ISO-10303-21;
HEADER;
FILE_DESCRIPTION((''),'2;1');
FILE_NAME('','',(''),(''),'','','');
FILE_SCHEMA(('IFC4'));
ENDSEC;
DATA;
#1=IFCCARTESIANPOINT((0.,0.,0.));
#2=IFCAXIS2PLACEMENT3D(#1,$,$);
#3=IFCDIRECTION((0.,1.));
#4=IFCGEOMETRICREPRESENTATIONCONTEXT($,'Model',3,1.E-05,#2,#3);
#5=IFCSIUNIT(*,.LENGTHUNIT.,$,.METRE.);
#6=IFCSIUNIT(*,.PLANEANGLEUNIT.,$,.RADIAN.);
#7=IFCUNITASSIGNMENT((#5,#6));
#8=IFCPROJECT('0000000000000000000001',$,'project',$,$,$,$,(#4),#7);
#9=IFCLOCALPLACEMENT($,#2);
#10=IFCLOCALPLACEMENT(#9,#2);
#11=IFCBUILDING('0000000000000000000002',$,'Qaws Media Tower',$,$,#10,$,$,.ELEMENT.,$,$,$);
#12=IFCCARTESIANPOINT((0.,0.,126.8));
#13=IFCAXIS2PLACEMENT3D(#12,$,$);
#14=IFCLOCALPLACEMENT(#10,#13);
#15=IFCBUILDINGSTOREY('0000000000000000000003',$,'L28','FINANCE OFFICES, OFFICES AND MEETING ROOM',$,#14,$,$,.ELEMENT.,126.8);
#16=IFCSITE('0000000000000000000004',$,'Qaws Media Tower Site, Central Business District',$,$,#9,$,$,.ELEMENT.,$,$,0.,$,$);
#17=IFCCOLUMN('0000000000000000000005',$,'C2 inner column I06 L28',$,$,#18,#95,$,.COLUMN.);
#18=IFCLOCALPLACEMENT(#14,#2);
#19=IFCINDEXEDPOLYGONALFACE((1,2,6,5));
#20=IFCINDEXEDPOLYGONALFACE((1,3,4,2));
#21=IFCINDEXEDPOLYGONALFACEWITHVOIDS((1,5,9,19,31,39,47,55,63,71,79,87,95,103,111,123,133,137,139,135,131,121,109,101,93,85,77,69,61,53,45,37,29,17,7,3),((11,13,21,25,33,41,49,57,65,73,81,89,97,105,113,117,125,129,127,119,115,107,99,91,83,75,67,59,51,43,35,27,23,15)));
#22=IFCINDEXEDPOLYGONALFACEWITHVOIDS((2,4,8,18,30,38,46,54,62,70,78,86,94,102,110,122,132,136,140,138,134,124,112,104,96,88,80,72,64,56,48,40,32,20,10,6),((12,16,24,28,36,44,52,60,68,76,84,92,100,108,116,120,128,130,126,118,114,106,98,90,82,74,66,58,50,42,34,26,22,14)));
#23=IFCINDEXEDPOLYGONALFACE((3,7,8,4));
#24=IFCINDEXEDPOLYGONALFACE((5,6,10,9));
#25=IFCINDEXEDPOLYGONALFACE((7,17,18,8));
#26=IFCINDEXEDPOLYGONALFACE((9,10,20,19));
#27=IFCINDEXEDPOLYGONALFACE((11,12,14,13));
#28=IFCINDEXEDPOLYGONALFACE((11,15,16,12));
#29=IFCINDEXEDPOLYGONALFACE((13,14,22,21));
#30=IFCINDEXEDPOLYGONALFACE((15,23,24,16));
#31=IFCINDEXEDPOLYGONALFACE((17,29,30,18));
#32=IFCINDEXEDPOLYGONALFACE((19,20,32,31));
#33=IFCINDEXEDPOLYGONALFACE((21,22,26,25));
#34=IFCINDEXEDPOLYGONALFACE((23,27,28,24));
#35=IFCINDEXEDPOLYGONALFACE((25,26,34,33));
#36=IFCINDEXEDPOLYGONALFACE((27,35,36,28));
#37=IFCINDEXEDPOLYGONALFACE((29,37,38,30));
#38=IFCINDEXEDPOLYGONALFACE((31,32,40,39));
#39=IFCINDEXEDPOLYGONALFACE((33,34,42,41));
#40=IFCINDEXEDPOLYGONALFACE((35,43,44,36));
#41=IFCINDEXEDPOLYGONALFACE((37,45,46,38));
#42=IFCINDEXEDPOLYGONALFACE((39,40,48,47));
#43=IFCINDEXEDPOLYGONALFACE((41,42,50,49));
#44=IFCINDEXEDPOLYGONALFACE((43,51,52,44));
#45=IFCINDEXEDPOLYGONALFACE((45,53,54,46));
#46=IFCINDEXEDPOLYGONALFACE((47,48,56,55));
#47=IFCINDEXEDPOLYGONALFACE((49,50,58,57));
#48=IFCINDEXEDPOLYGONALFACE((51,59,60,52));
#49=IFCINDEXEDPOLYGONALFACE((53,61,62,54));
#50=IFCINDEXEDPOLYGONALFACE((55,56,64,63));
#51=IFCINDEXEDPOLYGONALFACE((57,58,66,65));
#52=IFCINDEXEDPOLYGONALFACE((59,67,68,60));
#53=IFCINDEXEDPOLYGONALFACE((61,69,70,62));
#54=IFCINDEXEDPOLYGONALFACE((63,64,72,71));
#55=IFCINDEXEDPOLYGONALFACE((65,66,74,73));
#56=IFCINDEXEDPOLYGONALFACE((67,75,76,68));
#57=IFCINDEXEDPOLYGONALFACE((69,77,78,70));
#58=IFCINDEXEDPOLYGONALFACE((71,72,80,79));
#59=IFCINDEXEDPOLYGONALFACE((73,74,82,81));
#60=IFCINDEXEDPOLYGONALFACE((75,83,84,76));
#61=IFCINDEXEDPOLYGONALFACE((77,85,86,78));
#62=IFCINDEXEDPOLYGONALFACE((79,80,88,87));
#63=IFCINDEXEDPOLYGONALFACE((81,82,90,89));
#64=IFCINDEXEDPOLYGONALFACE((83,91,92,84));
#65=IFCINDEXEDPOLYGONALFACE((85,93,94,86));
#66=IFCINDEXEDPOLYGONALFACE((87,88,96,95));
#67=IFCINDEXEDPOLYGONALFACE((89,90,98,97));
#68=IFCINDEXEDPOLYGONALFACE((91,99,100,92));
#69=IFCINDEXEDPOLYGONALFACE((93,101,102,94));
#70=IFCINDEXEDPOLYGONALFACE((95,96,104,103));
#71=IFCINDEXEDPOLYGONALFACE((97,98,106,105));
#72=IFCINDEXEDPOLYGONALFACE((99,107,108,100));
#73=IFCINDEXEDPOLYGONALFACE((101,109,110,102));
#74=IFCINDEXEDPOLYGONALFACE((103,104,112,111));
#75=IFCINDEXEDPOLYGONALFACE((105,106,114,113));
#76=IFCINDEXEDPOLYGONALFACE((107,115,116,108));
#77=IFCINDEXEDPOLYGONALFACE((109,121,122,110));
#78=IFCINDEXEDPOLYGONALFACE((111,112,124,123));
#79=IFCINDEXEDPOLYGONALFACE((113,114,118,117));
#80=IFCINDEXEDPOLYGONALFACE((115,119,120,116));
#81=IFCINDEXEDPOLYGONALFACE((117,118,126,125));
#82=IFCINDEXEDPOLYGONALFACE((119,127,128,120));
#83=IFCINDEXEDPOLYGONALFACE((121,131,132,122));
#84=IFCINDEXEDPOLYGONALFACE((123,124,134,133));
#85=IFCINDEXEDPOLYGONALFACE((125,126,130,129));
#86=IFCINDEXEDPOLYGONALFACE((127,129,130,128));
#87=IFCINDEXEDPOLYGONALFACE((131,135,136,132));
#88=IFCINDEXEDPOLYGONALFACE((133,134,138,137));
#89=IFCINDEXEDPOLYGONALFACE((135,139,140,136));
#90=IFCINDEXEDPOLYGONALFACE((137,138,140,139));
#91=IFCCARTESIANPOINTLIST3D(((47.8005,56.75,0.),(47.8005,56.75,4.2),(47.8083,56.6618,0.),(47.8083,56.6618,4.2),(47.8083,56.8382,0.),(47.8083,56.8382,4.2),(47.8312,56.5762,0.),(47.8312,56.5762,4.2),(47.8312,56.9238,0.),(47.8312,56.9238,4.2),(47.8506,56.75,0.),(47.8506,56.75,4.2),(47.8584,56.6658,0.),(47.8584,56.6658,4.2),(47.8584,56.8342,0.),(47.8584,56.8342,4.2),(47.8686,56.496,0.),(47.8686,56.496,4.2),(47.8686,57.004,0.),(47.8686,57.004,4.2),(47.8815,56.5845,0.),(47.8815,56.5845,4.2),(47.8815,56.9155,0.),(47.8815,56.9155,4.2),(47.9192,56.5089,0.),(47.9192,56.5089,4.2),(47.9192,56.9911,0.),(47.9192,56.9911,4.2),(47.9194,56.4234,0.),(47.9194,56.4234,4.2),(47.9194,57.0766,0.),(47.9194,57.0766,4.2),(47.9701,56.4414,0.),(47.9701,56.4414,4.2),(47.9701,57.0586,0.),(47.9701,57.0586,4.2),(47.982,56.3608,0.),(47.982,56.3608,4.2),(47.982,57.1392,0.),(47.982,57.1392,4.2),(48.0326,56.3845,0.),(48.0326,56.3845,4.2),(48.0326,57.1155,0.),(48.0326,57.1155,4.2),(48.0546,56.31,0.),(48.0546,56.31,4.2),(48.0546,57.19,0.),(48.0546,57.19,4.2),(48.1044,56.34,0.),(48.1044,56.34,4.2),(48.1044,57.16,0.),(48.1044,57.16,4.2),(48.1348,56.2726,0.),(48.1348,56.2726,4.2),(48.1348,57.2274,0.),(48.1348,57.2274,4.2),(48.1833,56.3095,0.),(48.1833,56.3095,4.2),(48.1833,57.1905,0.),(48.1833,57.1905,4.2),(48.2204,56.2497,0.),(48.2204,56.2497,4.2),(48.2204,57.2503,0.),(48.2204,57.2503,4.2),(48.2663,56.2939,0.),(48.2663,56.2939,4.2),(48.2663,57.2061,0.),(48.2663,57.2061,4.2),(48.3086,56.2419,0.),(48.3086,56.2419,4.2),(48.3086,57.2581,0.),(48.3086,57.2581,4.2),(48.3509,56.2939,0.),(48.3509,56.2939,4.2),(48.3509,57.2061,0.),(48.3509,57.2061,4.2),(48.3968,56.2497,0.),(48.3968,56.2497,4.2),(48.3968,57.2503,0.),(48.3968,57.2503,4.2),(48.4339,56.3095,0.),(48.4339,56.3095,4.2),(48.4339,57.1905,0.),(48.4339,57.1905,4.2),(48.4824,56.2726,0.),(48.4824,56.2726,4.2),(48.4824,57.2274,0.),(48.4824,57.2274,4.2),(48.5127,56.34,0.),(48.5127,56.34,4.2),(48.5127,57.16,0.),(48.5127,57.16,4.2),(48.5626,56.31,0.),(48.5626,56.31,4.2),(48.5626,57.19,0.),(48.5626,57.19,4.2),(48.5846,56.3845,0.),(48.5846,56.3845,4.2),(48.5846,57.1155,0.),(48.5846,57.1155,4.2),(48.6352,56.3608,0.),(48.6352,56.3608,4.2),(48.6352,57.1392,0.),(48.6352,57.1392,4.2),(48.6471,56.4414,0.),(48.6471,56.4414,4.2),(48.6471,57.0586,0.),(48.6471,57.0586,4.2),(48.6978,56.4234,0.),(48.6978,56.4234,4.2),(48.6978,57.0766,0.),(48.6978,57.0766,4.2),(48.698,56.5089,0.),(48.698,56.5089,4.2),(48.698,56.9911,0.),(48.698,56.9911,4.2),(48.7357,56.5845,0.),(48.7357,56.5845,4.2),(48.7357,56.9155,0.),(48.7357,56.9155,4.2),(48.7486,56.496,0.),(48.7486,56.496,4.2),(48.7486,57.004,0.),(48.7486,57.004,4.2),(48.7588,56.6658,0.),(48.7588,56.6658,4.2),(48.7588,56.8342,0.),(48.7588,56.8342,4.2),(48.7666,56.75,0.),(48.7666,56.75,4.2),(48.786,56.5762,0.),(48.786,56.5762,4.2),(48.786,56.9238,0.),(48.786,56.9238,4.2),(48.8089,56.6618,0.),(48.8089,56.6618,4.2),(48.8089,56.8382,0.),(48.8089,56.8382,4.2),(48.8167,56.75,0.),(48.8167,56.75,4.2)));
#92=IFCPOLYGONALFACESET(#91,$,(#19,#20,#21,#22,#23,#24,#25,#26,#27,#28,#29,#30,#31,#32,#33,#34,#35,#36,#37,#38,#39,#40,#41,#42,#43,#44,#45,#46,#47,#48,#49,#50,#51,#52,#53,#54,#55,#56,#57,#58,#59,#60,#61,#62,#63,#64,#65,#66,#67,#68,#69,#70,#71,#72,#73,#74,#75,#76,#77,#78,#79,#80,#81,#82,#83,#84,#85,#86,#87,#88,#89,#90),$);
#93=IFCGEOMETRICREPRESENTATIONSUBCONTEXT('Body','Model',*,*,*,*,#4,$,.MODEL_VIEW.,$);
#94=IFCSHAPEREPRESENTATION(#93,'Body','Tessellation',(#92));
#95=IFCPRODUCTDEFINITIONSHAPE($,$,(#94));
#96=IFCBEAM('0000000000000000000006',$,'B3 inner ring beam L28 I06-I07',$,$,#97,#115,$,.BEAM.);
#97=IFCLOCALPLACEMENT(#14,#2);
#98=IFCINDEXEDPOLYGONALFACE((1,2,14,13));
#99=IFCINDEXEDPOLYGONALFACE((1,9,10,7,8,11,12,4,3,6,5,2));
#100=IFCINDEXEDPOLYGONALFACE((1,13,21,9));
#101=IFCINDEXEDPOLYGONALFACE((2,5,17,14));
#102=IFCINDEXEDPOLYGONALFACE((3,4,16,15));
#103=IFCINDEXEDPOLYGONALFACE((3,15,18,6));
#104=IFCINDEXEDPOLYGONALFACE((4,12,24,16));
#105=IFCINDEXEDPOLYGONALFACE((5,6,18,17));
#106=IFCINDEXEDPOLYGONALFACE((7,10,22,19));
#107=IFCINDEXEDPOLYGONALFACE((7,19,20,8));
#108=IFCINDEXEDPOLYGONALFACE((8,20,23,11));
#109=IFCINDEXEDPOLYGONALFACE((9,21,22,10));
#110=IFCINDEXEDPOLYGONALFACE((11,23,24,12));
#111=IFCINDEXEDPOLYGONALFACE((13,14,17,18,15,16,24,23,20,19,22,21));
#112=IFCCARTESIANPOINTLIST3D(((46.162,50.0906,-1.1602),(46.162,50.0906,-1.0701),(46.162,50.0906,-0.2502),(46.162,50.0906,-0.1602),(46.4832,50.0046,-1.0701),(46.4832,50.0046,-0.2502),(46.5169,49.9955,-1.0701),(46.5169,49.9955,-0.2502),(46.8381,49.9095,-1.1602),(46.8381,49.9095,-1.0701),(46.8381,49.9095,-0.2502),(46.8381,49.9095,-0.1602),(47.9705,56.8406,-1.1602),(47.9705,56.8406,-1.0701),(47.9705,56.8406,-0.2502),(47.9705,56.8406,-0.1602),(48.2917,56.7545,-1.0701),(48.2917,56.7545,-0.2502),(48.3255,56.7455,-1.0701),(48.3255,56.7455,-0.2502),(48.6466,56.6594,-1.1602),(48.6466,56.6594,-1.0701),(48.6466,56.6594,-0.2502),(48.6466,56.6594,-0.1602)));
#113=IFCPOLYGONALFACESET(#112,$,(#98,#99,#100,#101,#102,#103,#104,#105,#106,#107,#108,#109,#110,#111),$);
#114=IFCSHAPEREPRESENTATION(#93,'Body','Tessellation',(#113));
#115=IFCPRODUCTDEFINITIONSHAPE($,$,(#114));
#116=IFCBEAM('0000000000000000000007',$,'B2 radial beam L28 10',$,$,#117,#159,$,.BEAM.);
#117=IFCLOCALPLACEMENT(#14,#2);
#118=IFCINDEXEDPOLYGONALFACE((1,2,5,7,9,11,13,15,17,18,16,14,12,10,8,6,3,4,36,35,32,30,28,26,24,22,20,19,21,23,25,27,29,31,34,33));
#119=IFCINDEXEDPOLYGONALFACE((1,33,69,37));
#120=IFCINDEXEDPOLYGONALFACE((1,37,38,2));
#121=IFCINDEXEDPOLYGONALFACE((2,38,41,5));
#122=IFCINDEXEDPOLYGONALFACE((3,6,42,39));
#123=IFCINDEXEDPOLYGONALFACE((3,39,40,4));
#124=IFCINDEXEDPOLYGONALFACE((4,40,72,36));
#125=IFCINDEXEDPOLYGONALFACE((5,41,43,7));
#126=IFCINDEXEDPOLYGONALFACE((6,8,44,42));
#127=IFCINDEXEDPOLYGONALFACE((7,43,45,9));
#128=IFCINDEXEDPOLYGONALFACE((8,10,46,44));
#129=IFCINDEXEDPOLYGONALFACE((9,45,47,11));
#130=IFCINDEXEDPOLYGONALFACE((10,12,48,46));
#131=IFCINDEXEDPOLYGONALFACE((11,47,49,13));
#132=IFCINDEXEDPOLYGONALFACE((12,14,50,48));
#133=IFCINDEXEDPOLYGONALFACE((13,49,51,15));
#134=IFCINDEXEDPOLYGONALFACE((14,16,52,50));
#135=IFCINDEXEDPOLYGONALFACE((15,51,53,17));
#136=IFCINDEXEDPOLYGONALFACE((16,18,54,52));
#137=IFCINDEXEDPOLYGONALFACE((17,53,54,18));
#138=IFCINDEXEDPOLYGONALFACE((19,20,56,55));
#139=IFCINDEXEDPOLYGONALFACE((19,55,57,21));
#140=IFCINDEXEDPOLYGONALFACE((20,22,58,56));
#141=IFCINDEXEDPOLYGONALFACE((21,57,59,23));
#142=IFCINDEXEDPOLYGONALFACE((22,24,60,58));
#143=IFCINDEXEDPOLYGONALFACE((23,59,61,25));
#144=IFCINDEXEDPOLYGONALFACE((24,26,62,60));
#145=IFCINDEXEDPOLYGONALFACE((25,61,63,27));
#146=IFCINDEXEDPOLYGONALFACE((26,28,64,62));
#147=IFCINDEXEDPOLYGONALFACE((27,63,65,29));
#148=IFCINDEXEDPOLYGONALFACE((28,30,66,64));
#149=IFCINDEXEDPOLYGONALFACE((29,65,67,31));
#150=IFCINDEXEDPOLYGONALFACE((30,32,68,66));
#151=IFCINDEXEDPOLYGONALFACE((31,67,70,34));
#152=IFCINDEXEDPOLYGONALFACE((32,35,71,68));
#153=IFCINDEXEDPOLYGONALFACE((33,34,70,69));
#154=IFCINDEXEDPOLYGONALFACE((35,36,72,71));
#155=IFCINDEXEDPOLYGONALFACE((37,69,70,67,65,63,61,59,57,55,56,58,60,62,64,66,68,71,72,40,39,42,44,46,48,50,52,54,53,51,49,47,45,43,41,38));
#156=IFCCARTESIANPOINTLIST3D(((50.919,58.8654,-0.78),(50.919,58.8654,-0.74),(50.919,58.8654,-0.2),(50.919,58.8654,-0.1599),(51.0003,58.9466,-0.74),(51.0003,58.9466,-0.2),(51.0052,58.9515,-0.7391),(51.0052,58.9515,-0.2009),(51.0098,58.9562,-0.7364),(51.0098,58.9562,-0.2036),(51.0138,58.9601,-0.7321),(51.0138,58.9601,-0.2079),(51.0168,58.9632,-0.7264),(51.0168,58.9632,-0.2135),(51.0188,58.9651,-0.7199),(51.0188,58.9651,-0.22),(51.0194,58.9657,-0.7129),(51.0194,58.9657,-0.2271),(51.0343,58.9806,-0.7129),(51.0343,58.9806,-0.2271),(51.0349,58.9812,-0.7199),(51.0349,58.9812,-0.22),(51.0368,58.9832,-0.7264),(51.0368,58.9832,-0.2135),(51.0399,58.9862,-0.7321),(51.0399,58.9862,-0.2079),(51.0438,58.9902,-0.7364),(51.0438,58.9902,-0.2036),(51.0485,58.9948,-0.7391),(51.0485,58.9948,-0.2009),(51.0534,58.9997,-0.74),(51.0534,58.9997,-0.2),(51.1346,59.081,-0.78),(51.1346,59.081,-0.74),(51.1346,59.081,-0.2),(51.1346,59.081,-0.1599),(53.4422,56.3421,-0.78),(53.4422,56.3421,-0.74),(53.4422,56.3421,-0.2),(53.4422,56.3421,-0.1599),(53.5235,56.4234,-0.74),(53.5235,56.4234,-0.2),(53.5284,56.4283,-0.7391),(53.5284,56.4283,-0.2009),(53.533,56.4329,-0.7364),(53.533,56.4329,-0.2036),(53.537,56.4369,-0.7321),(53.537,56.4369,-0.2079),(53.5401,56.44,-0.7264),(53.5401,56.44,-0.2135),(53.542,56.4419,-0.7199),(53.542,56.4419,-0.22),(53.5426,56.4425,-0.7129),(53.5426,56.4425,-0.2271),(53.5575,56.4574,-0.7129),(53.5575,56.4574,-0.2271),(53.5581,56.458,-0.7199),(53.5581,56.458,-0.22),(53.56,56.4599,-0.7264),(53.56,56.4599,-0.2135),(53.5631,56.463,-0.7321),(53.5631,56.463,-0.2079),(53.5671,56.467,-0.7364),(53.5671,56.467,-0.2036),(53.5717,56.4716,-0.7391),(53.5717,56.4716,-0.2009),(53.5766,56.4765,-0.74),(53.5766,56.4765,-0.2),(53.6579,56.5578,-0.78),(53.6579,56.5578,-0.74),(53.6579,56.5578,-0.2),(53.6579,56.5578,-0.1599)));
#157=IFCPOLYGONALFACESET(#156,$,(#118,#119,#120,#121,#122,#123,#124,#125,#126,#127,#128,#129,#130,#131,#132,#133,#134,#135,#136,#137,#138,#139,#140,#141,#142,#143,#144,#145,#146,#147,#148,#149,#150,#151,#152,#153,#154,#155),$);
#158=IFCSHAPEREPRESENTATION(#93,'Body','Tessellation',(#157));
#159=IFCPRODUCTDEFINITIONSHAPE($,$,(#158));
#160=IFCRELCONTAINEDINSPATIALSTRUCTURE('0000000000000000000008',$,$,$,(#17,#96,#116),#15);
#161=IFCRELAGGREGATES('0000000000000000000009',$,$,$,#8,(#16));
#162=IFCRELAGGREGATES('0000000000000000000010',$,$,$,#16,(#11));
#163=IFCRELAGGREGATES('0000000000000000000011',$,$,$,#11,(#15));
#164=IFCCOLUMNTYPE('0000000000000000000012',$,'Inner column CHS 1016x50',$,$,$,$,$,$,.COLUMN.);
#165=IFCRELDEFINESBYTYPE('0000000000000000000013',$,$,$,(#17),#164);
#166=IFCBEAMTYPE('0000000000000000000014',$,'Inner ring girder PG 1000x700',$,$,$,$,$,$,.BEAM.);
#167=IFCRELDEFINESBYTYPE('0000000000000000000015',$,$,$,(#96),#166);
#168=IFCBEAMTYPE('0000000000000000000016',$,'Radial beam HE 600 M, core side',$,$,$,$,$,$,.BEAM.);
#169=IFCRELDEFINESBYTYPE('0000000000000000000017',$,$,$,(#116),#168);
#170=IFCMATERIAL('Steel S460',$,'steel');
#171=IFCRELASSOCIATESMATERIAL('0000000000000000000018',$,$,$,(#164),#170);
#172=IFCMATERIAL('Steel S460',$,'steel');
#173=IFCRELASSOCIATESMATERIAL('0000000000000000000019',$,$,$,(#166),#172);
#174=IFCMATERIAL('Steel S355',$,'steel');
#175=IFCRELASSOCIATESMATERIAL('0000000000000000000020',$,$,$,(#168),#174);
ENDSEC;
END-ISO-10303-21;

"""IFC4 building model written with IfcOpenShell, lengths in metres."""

from ifc_helpers import new_model, si_unit, direction, frame, origin, origin_2d, place, context, subcontext, project, spatial, hollow_circle, i_section, extrude, material, material_profile, profile_set, type_object, element, save


model = new_model("IFC4")

# Units and contexts
model_context = context("Model", 3, precision=1e-05, world=origin(), true_north=direction((0.0, 1.0)))
body_context = subcontext(model_context, "Body", "Model", "MODEL_VIEW")
ifc_project = project(units=[si_unit("LENGTHUNIT", "METRE"), si_unit("PLANEANGLEUNIT", "RADIAN")], contexts=[model_context])

# Site, building, storey
site_placement = place(None, origin())
site = spatial("IfcSite", under=ifc_project, at=site_placement, Name="Qaws Media Tower Site, Central Business District", CompositionType="ELEMENT", RefElevation=0.0)
building_placement = place(site_placement, origin())
building = spatial("IfcBuilding", under=site, at=building_placement, Name="Qaws Media Tower", CompositionType="ELEMENT")
storey_placement = place(building_placement, frame((0.0, 0.0, 126.8)))
storey = spatial("IfcBuildingStorey", under=building, at=storey_placement, Name="L28", Description="FINANCE OFFICES, OFFICES AND MEETING ROOM", CompositionType="ELEMENT", Elevation=126.8)

# Column
ifc_material_1 = material(Name="Steel S460", Category="steel")
ifc_material_profile_1 = material_profile(ifc_material_1, hollow_circle(Radius=0.5081, WallThickness=0.05, at=origin_2d()), Name="CHS 1016x50")
ifc_profile_set_1 = profile_set([ifc_material_profile_1], Name="Steel S460")
column_type = type_object("IfcColumnType", Name="Inner column CHS 1016x50", PredefinedType="COLUMN", material=ifc_profile_set_1)
column_placement = place(storey_placement, frame((48.3086, 56.75, 0.0), z_axis=(0.0, 0.0, 1.0), x_axis=(1.0, 0.0, 0.0)))
element("IfcColumn", 1, at=column_placement, inside=storey, type_object=column_type, Name="C2 inner column I06 L28", PredefinedType="COLUMN", context=body_context, shape_type="SweptSolid", body=[
    extrude(hollow_circle(Radius=0.5081, WallThickness=0.05, at=origin_2d()), origin(), (0.0, 0.0, 1.0), 4.2),
])

# Beams
ifc_material_2 = material(Name="Steel S460", Category="steel")
ifc_material_profile_2 = material_profile(ifc_material_2, i_section(OverallWidth=0.7, OverallDepth=1.0, WebThickness=0.0349, FlangeThickness=0.0901, at=origin_2d()), Name="PG 1000x700")
ifc_profile_set_2 = profile_set([ifc_material_profile_2], Name="Steel S460")
beam_type_1 = type_object("IfcBeamType", Name="Inner ring girder PG 1000x700", PredefinedType="BEAM", material=ifc_profile_set_2)
beam_1_placement = place(storey_placement, frame((48.3086, 56.75, -0.6602), z_axis=(-0.258811, -0.965928, 0.0), x_axis=(0.965928, -0.258811, 0.0)))
element("IfcBeam", 2, at=beam_1_placement, inside=storey, type_object=beam_type_1, Name="B3 inner ring beam L28 I06-I07", PredefinedType="BEAM", context=body_context, shape_type="SweptSolid", body=[
    extrude(i_section(OverallWidth=0.7, OverallDepth=1.0, WebThickness=0.0349, FlangeThickness=0.0901, at=origin_2d()), origin(), (0.0, 0.0, 1.0), 6.988),
])
ifc_material_3 = material(Name="Steel S355", Category="steel")
ifc_material_profile_3 = material_profile(ifc_material_3, i_section(OverallWidth=0.3049, OverallDepth=0.6201, WebThickness=0.021, FlangeThickness=0.04, FilletRadius=0.0271, at=origin_2d()), Name="HE 600 M")
ifc_profile_set_3 = profile_set([ifc_material_profile_3], Name="Steel S355")
beam_type_2 = type_object("IfcBeamType", Name="Radial beam HE 600 M, core side", PredefinedType="BEAM", material=ifc_profile_set_3)
beam_2_placement = place(storey_placement, frame((53.55, 56.45, -0.47), z_axis=(-0.707107, 0.707107, 0.0), x_axis=(-0.707107, -0.707107, 0.0)))
element("IfcBeam", 3, at=beam_2_placement, inside=storey, type_object=beam_type_2, Name="B2 radial beam L28 10", PredefinedType="BEAM", context=body_context, shape_type="SweptSolid", body=[
    extrude(i_section(OverallWidth=0.3049, OverallDepth=0.6201, WebThickness=0.021, FlangeThickness=0.04, FilletRadius=0.0271, at=origin_2d()), origin(), (0.0, 0.0, 1.0), 3.5684),
])

save(model, "model.ifc")
